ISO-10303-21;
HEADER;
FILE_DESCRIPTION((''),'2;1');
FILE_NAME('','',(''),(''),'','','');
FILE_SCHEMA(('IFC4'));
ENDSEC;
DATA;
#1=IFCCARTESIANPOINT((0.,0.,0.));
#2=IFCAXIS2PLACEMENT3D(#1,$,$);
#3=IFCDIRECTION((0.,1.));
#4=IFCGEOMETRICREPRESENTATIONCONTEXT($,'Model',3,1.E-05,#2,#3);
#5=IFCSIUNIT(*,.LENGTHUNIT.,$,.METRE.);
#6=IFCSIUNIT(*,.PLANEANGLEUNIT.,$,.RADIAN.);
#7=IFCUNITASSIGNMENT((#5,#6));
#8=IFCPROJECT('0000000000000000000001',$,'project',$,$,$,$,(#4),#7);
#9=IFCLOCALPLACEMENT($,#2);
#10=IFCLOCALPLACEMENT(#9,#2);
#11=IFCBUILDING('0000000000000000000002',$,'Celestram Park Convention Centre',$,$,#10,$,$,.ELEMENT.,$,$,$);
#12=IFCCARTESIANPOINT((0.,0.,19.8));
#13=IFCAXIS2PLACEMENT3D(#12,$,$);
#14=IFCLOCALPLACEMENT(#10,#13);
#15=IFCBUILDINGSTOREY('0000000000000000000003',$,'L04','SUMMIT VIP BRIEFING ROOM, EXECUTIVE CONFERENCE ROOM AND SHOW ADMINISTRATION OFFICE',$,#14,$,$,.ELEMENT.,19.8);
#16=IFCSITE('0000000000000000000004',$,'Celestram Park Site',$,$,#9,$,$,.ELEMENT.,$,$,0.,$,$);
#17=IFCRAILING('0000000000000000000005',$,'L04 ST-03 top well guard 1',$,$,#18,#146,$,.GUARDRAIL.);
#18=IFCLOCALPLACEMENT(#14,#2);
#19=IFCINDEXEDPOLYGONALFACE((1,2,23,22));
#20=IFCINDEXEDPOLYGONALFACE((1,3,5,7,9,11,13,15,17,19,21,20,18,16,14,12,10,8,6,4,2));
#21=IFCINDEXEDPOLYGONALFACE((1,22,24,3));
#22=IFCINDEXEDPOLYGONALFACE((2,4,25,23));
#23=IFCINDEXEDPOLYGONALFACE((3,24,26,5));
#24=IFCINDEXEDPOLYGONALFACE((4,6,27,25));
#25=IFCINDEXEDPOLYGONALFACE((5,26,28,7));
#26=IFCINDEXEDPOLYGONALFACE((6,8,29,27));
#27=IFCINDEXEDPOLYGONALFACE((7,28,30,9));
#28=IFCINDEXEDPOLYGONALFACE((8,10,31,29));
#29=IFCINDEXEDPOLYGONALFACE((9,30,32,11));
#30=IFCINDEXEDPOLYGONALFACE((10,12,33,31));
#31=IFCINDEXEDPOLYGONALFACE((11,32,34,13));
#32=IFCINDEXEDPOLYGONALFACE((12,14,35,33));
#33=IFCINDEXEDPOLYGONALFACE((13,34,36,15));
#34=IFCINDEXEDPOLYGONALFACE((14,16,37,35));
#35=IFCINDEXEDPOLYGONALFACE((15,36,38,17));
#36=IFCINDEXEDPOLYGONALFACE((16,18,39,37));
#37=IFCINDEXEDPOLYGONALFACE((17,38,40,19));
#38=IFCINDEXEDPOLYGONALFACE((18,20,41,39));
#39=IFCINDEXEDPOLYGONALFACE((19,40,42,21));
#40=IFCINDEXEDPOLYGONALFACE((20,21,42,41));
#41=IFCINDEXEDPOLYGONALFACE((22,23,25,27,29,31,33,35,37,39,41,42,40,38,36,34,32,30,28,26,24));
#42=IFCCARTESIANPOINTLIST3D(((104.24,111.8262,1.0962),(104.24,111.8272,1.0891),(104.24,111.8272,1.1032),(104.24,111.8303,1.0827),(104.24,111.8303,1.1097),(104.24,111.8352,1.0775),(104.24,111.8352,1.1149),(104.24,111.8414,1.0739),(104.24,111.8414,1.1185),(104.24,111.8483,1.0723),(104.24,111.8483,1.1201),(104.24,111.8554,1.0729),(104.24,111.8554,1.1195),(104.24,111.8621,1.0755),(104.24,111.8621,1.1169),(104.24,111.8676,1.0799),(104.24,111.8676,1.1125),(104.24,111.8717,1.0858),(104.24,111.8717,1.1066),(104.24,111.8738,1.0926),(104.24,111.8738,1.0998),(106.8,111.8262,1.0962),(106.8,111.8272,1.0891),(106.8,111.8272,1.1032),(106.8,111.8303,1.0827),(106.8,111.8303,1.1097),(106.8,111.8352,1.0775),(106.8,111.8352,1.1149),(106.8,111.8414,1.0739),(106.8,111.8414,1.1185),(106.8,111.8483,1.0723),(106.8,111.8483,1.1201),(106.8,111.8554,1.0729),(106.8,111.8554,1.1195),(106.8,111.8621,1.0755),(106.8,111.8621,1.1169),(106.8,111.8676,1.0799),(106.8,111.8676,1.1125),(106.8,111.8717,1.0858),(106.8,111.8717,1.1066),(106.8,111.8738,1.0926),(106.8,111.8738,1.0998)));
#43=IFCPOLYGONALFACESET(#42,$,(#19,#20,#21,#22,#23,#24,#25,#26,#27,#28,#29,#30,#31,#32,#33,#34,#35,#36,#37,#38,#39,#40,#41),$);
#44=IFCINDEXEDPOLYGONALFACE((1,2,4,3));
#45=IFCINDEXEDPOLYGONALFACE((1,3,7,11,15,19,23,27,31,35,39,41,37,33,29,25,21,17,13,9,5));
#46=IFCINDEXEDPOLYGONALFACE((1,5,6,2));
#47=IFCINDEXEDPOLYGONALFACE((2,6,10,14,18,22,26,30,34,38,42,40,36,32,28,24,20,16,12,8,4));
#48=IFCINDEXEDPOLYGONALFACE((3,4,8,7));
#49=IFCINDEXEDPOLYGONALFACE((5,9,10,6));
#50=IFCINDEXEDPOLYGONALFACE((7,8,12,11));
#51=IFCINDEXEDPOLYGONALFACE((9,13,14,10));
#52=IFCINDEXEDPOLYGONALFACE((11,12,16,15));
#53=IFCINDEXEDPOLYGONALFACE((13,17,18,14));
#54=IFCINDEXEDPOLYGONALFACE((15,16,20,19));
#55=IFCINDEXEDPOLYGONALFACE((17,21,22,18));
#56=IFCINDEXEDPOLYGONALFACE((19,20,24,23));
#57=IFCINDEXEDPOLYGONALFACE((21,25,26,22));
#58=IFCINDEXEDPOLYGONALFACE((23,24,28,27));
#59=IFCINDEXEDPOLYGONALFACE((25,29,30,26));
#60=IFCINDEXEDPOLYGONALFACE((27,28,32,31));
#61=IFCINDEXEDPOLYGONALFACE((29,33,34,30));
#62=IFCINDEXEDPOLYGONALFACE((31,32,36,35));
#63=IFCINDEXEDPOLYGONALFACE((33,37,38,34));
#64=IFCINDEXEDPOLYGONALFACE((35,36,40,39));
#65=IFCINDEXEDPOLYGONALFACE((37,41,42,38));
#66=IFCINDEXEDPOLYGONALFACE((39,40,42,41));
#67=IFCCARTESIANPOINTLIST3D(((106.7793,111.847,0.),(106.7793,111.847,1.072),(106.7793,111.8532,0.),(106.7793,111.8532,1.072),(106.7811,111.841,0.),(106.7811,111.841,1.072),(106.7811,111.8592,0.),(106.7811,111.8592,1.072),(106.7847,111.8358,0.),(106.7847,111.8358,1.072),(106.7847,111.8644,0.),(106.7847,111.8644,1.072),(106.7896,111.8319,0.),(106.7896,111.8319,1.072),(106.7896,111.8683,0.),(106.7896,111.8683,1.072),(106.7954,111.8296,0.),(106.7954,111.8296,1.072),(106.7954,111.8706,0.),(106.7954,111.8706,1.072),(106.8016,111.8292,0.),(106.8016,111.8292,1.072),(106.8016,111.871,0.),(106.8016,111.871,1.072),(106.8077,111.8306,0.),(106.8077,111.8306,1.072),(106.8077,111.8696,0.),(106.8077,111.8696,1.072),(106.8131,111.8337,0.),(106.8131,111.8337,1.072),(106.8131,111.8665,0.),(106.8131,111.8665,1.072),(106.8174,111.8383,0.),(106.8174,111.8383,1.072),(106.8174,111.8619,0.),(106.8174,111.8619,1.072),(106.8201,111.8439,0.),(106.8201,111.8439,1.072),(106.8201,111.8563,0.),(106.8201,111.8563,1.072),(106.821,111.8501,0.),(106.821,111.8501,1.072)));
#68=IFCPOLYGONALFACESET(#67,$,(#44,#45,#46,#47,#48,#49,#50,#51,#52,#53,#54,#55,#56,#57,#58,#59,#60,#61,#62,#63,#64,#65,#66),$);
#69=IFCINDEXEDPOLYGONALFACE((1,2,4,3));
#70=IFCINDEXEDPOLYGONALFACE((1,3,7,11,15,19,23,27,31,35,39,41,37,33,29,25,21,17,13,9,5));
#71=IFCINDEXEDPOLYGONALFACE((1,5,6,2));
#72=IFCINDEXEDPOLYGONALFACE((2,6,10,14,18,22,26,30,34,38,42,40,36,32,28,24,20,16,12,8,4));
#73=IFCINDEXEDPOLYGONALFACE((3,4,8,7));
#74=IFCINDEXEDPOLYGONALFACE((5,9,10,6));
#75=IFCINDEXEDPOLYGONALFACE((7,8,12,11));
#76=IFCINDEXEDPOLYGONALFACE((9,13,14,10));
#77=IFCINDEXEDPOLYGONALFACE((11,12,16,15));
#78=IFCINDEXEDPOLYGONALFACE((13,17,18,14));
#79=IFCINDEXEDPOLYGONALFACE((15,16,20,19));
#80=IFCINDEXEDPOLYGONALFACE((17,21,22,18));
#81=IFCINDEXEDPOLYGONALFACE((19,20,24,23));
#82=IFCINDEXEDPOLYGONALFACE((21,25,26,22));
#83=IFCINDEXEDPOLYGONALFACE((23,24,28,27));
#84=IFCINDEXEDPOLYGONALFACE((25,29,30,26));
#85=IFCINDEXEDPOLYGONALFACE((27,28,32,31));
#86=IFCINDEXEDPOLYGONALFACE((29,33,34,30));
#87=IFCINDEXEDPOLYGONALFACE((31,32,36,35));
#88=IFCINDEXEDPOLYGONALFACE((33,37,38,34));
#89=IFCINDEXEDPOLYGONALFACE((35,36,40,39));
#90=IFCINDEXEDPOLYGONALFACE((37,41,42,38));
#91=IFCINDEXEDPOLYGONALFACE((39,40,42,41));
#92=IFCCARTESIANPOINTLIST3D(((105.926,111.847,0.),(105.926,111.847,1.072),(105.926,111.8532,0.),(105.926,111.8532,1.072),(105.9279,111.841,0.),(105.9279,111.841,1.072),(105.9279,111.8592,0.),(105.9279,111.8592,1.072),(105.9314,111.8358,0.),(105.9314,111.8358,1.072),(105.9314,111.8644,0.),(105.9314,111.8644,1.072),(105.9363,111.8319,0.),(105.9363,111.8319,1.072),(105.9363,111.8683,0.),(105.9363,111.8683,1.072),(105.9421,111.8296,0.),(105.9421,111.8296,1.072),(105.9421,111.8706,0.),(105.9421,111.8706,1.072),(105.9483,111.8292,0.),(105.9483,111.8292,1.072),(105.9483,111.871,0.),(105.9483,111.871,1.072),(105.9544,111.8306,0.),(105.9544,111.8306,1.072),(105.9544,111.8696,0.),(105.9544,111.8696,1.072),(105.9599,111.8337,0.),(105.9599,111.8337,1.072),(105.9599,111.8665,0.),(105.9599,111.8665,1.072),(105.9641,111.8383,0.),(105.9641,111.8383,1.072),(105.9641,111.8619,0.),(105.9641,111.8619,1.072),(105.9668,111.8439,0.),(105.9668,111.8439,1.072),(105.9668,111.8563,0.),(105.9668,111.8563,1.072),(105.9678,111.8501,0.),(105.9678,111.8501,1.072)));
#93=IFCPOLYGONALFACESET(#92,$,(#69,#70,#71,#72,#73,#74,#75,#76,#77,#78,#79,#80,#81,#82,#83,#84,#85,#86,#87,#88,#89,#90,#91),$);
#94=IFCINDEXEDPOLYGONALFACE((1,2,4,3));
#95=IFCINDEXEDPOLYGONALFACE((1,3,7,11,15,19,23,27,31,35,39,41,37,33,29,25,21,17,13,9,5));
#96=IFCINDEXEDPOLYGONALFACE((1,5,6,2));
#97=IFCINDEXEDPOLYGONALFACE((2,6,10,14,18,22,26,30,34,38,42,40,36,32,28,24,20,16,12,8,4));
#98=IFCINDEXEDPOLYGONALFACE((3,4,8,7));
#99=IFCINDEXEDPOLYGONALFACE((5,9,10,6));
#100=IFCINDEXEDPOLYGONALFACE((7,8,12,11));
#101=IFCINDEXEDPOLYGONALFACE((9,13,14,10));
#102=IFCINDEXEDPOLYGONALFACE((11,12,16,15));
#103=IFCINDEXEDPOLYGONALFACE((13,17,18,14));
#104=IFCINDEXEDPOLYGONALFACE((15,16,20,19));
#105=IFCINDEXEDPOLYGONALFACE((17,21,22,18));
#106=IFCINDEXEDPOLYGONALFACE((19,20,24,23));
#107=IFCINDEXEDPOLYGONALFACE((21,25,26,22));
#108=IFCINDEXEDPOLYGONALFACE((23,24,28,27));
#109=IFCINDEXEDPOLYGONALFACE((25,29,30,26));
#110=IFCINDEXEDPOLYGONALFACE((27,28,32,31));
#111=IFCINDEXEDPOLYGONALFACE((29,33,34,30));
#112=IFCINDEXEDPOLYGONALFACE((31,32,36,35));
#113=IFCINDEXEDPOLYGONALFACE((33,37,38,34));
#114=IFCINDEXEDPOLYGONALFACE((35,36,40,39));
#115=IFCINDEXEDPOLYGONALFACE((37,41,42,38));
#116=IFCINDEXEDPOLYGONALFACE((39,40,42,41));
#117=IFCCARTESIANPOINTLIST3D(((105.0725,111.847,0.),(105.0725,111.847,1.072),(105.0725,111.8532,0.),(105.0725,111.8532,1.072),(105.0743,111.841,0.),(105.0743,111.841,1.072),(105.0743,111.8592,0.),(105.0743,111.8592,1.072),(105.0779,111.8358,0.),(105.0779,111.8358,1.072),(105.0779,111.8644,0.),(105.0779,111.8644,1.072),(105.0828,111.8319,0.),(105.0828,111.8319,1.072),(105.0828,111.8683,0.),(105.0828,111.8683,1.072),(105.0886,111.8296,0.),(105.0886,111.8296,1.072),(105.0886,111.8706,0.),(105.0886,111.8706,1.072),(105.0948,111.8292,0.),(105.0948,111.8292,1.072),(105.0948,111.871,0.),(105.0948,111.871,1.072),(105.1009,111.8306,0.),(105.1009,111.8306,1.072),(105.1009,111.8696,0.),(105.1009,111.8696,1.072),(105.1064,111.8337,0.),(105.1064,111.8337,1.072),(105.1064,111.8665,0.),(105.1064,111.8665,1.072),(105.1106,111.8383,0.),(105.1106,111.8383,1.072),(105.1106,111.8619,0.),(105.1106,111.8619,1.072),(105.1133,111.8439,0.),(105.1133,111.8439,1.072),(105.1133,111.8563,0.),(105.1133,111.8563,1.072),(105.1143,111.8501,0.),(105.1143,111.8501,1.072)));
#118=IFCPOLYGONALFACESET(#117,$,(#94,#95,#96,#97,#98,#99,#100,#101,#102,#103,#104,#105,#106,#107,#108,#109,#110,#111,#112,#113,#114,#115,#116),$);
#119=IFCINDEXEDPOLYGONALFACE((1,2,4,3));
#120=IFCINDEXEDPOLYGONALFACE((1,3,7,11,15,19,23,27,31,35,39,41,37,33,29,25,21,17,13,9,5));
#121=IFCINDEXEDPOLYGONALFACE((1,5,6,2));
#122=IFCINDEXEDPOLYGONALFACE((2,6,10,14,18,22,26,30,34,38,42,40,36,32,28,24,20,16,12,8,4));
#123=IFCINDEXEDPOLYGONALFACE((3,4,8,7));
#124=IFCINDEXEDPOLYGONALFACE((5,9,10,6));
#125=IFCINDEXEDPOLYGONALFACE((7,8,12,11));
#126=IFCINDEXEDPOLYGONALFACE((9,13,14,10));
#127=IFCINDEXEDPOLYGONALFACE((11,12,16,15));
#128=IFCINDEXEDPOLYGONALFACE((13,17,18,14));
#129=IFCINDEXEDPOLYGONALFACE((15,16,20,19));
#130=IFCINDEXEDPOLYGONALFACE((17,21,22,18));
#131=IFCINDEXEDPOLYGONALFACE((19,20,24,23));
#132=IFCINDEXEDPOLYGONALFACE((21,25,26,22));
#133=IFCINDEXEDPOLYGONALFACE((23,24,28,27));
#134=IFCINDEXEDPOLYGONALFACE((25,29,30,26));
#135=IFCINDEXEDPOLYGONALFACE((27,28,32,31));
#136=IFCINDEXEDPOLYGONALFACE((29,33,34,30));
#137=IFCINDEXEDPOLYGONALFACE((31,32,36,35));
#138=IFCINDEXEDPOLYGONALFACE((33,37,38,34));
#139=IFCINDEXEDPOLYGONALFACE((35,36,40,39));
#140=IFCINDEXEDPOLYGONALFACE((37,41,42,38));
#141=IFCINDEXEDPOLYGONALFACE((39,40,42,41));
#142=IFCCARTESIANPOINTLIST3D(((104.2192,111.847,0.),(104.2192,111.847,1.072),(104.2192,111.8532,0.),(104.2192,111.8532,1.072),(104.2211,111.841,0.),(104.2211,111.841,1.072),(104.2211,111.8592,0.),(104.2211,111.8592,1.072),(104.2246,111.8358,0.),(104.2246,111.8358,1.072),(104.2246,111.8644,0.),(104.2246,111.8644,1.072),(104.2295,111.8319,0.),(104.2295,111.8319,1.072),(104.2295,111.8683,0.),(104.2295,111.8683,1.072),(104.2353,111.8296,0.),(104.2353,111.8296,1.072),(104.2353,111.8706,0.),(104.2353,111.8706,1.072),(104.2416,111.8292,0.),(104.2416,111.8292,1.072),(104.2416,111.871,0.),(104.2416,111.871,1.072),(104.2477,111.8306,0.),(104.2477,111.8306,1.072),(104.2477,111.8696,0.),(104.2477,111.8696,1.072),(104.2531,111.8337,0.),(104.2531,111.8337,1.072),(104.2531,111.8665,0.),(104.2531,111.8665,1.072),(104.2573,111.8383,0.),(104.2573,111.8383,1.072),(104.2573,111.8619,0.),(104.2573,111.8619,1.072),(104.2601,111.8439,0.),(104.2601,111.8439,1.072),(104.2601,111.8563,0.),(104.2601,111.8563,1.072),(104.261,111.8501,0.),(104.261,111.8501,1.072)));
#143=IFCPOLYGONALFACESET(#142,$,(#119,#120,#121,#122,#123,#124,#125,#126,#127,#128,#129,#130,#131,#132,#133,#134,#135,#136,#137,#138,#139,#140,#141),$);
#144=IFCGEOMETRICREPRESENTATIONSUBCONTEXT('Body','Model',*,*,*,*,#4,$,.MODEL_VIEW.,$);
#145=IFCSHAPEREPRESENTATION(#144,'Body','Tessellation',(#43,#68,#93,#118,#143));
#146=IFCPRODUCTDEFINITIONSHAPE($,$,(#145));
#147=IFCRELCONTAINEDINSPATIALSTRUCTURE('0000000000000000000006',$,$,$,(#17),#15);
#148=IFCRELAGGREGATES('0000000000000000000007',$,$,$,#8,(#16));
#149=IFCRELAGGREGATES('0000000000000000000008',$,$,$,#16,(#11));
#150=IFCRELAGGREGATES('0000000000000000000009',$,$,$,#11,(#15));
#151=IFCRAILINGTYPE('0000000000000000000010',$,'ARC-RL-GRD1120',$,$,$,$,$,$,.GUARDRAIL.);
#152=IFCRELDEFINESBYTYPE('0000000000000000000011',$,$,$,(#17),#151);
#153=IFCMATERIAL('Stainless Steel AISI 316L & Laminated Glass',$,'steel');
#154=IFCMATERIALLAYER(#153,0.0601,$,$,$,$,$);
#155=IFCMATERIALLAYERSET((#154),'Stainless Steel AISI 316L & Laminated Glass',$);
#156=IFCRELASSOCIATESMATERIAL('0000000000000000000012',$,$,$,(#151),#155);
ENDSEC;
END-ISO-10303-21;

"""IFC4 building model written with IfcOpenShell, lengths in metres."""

from ifc_helpers import new_model, si_unit, direction, frame, origin, origin_2d, place, context, subcontext, project, spatial, circle, extrude, material, layer, layer_set, type_object, element, save


model = new_model("IFC4")

# Units and contexts
model_context = context("Model", 3, precision=1e-05, world=origin(), true_north=direction((0.0, 1.0)))
body_context = subcontext(model_context, "Body", "Model", "MODEL_VIEW")
ifc_project = project(units=[si_unit("LENGTHUNIT", "METRE"), si_unit("PLANEANGLEUNIT", "RADIAN")], contexts=[model_context])

# Site, building, storey
site_placement = place(None, origin())
site = spatial("IfcSite", under=ifc_project, at=site_placement, Name="Celestram Park Site", CompositionType="ELEMENT", RefElevation=0.0)
building_placement = place(site_placement, origin())
building = spatial("IfcBuilding", under=site, at=building_placement, Name="Celestram Park Convention Centre", CompositionType="ELEMENT")
storey_placement = place(building_placement, frame((0.0, 0.0, 19.8)))
storey = spatial("IfcBuildingStorey", under=building, at=storey_placement, Name="L04", Description="SUMMIT VIP BRIEFING ROOM, EXECUTIVE CONFERENCE ROOM AND SHOW ADMINISTRATION OFFICE", CompositionType="ELEMENT", Elevation=19.8)

# Railing
ifc_material_1 = material(Name="Stainless Steel AISI 316L & Laminated Glass", Category="steel")
ifc_layer_1 = layer(ifc_material_1, 0.0601)
ifc_layer_set_1 = layer_set([ifc_layer_1], Name="Stainless Steel AISI 316L & Laminated Glass")
railing_type = type_object("IfcRailingType", Name="ARC-RL-GRD1120", PredefinedType="GUARDRAIL", material=ifc_layer_set_1)
railing_placement = place(storey_placement, frame((106.8, 111.8501, 0.0)))
element("IfcRailing", 1, at=railing_placement, inside=storey, type_object=railing_type, Name="L04 ST-03 top well guard 1", PredefinedType="GUARDRAIL", context=body_context, shape_type="SweptSolid", body=[
    extrude(circle(Radius=0.0239, at=origin_2d()), frame((0.0, 0.0, 1.0962), z_axis=(-1.0, 0.0, 0.0), x_axis=(0.0, -1.0, 0.0)), (0.0, 0.0, 1.0), 2.5601),
    extrude(circle(Radius=0.021, at=origin_2d()), origin(), (0.0, 0.0, 1.0), 1.072),
    extrude(circle(Radius=0.021, at=origin_2d()), frame((-0.8533, 0.0, 0.0)), (0.0, 0.0, 1.0), 1.072),
    extrude(circle(Radius=0.021, at=origin_2d()), frame((-1.7068, 0.0, 0.0)), (0.0, 0.0, 1.0), 1.072),
    extrude(circle(Radius=0.021, at=origin_2d()), frame((-2.5601, 0.0, 0.0)), (0.0, 0.0, 1.0), 1.072),
])

save(model, "model.ifc")
